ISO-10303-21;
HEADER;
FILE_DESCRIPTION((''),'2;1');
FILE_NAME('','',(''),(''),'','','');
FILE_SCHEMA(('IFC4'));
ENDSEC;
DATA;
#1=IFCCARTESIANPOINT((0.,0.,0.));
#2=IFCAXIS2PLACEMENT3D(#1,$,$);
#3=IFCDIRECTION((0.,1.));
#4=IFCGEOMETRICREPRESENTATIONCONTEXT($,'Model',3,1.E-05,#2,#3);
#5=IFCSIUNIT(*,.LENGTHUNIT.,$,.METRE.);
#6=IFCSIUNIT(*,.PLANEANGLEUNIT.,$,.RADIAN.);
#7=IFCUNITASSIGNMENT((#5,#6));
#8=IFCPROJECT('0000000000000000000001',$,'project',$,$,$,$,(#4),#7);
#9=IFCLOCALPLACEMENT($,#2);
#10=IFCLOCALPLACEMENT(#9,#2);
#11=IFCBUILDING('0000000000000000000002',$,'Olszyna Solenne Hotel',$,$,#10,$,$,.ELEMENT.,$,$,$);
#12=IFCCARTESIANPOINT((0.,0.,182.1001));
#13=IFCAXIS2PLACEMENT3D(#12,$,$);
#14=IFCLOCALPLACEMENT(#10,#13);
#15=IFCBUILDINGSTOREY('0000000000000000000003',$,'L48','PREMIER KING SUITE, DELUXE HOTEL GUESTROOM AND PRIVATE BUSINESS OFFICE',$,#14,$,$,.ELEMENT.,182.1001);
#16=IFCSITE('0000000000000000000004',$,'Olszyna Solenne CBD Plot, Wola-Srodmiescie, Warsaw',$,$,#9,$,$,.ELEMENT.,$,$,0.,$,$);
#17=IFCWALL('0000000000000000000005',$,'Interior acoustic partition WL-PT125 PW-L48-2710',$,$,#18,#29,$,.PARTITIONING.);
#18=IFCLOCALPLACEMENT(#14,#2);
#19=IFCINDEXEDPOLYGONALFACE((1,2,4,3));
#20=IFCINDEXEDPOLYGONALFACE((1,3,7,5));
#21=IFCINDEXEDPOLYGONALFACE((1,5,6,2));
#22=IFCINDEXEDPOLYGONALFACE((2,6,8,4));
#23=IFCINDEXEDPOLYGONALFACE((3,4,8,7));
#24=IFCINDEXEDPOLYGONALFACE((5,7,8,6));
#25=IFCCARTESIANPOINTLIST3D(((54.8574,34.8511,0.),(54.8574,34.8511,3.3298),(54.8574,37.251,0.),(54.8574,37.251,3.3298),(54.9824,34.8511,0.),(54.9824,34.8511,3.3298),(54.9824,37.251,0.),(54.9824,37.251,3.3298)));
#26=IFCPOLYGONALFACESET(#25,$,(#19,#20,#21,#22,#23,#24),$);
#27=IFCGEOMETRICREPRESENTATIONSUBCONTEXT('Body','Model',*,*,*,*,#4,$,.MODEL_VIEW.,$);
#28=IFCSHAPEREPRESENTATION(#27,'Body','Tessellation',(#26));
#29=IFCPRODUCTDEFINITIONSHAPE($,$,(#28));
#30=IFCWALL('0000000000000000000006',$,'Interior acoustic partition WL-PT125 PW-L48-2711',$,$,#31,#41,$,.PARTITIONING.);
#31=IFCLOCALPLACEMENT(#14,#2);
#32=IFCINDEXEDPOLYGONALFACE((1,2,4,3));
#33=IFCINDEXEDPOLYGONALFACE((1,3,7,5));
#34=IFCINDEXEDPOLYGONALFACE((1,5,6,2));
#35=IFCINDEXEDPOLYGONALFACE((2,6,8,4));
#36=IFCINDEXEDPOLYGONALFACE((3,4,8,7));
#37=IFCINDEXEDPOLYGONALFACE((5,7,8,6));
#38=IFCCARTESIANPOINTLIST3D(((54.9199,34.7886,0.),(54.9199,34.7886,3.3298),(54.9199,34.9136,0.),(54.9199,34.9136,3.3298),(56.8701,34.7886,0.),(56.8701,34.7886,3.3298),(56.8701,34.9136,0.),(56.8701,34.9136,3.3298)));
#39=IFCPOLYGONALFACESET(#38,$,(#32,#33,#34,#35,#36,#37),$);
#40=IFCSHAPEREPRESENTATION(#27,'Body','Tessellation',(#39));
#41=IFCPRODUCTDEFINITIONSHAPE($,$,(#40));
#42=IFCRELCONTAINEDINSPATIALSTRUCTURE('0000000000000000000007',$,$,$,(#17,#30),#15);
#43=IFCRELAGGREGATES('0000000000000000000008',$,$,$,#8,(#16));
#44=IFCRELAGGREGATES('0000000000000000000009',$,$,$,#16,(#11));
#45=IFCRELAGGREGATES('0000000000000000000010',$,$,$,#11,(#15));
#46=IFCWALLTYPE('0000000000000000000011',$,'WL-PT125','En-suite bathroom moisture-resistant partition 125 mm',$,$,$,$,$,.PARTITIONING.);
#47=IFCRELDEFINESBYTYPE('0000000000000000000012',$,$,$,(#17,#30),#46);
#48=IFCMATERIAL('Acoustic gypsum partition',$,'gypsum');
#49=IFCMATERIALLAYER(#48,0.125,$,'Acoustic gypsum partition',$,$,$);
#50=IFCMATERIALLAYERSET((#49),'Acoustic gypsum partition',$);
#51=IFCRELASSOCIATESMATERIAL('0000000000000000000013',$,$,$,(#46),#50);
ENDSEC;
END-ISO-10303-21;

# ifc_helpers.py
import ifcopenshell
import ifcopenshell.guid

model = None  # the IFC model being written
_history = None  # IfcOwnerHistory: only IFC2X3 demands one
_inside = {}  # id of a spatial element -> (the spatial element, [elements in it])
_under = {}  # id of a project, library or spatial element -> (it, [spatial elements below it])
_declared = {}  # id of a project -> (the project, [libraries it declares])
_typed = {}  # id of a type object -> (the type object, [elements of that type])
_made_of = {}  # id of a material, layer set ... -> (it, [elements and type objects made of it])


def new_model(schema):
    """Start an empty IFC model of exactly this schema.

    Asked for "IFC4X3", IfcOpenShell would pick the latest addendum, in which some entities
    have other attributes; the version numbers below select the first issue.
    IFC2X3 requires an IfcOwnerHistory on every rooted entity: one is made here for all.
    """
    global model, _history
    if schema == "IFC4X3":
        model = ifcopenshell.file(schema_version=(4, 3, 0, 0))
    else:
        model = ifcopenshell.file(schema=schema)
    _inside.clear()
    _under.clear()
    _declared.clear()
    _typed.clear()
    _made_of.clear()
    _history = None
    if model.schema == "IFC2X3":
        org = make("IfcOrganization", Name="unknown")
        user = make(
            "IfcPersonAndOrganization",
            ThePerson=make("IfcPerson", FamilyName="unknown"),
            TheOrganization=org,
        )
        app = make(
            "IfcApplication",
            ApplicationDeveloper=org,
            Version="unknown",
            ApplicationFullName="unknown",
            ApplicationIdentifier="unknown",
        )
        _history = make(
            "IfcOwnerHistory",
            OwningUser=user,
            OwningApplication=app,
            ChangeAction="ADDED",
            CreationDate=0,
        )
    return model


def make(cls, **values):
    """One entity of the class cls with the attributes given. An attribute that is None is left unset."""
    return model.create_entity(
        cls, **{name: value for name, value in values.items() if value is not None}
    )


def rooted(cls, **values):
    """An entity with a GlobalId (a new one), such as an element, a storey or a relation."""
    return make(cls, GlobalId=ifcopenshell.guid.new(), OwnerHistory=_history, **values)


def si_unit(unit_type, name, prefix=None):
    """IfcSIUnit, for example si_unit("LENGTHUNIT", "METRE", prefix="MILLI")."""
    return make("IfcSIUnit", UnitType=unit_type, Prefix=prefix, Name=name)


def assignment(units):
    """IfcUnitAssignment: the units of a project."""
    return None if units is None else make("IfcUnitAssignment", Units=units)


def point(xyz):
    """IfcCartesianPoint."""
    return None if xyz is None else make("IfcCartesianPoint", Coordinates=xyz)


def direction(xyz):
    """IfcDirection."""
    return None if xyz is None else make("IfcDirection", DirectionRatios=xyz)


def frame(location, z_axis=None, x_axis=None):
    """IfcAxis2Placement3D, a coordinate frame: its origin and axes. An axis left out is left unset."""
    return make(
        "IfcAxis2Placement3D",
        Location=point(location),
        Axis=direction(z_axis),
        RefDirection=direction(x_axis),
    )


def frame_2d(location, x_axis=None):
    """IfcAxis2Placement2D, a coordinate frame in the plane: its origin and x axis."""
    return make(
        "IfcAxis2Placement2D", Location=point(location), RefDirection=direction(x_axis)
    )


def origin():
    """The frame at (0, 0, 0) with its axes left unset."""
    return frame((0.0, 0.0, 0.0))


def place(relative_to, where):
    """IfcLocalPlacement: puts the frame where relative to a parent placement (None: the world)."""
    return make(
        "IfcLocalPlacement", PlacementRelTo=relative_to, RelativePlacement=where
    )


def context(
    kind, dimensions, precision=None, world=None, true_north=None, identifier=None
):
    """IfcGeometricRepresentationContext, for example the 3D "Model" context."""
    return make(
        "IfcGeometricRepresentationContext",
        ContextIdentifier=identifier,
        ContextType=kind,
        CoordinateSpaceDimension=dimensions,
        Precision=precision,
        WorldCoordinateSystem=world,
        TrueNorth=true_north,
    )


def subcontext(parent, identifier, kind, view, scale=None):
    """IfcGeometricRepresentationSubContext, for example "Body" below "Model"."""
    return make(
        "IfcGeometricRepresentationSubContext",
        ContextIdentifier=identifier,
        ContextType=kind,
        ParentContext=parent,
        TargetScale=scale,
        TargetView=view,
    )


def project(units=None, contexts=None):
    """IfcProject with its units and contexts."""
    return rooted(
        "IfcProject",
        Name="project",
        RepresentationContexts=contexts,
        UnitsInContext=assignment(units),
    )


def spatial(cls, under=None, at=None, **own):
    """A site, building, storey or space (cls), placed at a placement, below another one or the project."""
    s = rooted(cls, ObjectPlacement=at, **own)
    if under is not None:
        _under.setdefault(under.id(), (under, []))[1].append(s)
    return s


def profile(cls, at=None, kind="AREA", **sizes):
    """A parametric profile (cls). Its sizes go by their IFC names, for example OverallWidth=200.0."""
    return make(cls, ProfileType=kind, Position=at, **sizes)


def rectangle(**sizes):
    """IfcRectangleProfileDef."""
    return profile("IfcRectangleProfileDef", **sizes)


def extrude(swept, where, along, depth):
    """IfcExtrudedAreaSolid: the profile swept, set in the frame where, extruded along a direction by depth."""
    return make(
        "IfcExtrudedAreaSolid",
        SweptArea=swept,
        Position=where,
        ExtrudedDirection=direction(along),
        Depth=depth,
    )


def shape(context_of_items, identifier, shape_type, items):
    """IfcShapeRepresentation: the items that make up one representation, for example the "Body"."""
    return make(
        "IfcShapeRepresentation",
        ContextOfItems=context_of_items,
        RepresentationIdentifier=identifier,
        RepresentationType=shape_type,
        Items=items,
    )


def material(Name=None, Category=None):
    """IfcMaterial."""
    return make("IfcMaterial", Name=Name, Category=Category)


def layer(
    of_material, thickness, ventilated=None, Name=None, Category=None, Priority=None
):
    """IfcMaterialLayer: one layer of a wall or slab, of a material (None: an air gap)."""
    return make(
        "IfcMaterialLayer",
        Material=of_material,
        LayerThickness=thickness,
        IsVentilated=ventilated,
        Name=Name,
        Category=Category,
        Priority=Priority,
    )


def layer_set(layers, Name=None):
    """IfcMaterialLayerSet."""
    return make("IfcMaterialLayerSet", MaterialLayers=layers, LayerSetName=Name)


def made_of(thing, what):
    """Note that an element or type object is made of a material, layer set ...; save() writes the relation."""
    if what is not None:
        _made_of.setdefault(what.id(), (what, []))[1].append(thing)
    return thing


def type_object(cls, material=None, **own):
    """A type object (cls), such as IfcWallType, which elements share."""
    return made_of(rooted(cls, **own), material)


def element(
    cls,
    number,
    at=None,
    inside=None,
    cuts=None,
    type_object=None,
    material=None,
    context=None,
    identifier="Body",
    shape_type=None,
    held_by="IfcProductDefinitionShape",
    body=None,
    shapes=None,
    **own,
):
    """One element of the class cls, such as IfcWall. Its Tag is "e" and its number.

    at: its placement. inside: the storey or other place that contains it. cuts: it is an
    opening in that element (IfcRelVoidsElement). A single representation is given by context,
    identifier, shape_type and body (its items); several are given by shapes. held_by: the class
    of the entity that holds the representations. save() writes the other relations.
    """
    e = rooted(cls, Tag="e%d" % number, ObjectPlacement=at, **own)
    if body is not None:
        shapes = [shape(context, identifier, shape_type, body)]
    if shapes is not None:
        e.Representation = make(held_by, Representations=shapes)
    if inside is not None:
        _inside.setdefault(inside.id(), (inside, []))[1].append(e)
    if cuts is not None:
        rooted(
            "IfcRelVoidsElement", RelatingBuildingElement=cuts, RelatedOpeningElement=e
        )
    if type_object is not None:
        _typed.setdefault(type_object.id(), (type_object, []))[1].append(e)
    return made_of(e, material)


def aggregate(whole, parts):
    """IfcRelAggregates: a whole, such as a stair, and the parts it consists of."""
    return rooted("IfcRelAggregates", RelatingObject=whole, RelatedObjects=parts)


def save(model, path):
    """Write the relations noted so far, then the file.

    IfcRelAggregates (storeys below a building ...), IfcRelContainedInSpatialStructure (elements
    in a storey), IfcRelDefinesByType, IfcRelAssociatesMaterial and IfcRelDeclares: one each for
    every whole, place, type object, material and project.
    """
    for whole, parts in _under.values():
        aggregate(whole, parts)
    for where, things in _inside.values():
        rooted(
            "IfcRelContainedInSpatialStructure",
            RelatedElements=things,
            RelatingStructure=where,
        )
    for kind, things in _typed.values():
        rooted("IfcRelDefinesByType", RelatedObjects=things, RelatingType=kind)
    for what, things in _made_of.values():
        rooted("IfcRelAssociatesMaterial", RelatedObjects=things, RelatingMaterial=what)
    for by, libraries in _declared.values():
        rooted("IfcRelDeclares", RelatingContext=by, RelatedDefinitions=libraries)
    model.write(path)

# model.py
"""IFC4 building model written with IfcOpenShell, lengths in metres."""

from ifc_helpers import new_model, si_unit, direction, frame, frame_2d, origin, place, context, subcontext, project, spatial, rectangle, extrude, material, layer, layer_set, type_object, element, save


model = new_model("IFC4")

# Units and contexts
model_context = context("Model", 3, precision=1e-05, world=origin(), true_north=direction((0.0, 1.0)))
body_context = subcontext(model_context, "Body", "Model", "MODEL_VIEW")
ifc_project = project(units=[si_unit("LENGTHUNIT", "METRE"), si_unit("PLANEANGLEUNIT", "RADIAN")], contexts=[model_context])

# Site, building, storey
site_placement = place(None, origin())
site = spatial("IfcSite", under=ifc_project, at=site_placement, Name="Olszyna Solenne CBD Plot, Wola-Srodmiescie, Warsaw", CompositionType="ELEMENT", RefElevation=0.0)
building_placement = place(site_placement, origin())
building = spatial("IfcBuilding", under=site, at=building_placement, Name="Olszyna Solenne Hotel", CompositionType="ELEMENT")
storey_placement = place(building_placement, frame((0.0, 0.0, 182.1001)))
storey = spatial("IfcBuildingStorey", under=building, at=storey_placement, Name="L48", Description="PREMIER KING SUITE, DELUXE HOTEL GUESTROOM AND PRIVATE BUSINESS OFFICE", CompositionType="ELEMENT", Elevation=182.1001)

# Shared definitions
ifc_material_1 = material(Name="Acoustic gypsum partition", Category="gypsum")
ifc_layer_1 = layer(ifc_material_1, 0.125, Name="Acoustic gypsum partition")
ifc_layer_set_1 = layer_set([ifc_layer_1], Name="Acoustic gypsum partition")
wall_type_1 = type_object("IfcWallType", Name="WL-PT125", Description="En-suite bathroom moisture-resistant partition 125 mm", PredefinedType="PARTITIONING", material=ifc_layer_set_1)

# Walls
wall_1_placement = place(storey_placement, frame((54.9199, 37.251, 0.0), z_axis=(0.0, 0.0, 1.0), x_axis=(0.0, -1.0, 0.0)))
element("IfcWall", 1, at=wall_1_placement, inside=storey, type_object=wall_type_1, Name="Interior acoustic partition WL-PT125 PW-L48-2710", PredefinedType="PARTITIONING", context=body_context, shape_type="SweptSolid", body=[
    extrude(rectangle(XDim=2.3999, YDim=0.125, at=frame_2d((1.2, 0.0))), origin(), (0.0, 0.0, 1.0), 3.3298),
])
wall_2_placement = place(storey_placement, frame((54.9199, 34.8511, 0.0), z_axis=(0.0, 0.0, 1.0), x_axis=(1.0, 0.0, 0.0)))
element("IfcWall", 2, at=wall_2_placement, inside=storey, type_object=wall_type_1, Name="Interior acoustic partition WL-PT125 PW-L48-2711", PredefinedType="PARTITIONING", context=body_context, shape_type="SweptSolid", body=[
    extrude(rectangle(XDim=1.9502, YDim=0.125, at=frame_2d((0.9751, 0.0))), origin(), (0.0, 0.0, 1.0), 3.3298),
])

save(model, "model.ifc")
